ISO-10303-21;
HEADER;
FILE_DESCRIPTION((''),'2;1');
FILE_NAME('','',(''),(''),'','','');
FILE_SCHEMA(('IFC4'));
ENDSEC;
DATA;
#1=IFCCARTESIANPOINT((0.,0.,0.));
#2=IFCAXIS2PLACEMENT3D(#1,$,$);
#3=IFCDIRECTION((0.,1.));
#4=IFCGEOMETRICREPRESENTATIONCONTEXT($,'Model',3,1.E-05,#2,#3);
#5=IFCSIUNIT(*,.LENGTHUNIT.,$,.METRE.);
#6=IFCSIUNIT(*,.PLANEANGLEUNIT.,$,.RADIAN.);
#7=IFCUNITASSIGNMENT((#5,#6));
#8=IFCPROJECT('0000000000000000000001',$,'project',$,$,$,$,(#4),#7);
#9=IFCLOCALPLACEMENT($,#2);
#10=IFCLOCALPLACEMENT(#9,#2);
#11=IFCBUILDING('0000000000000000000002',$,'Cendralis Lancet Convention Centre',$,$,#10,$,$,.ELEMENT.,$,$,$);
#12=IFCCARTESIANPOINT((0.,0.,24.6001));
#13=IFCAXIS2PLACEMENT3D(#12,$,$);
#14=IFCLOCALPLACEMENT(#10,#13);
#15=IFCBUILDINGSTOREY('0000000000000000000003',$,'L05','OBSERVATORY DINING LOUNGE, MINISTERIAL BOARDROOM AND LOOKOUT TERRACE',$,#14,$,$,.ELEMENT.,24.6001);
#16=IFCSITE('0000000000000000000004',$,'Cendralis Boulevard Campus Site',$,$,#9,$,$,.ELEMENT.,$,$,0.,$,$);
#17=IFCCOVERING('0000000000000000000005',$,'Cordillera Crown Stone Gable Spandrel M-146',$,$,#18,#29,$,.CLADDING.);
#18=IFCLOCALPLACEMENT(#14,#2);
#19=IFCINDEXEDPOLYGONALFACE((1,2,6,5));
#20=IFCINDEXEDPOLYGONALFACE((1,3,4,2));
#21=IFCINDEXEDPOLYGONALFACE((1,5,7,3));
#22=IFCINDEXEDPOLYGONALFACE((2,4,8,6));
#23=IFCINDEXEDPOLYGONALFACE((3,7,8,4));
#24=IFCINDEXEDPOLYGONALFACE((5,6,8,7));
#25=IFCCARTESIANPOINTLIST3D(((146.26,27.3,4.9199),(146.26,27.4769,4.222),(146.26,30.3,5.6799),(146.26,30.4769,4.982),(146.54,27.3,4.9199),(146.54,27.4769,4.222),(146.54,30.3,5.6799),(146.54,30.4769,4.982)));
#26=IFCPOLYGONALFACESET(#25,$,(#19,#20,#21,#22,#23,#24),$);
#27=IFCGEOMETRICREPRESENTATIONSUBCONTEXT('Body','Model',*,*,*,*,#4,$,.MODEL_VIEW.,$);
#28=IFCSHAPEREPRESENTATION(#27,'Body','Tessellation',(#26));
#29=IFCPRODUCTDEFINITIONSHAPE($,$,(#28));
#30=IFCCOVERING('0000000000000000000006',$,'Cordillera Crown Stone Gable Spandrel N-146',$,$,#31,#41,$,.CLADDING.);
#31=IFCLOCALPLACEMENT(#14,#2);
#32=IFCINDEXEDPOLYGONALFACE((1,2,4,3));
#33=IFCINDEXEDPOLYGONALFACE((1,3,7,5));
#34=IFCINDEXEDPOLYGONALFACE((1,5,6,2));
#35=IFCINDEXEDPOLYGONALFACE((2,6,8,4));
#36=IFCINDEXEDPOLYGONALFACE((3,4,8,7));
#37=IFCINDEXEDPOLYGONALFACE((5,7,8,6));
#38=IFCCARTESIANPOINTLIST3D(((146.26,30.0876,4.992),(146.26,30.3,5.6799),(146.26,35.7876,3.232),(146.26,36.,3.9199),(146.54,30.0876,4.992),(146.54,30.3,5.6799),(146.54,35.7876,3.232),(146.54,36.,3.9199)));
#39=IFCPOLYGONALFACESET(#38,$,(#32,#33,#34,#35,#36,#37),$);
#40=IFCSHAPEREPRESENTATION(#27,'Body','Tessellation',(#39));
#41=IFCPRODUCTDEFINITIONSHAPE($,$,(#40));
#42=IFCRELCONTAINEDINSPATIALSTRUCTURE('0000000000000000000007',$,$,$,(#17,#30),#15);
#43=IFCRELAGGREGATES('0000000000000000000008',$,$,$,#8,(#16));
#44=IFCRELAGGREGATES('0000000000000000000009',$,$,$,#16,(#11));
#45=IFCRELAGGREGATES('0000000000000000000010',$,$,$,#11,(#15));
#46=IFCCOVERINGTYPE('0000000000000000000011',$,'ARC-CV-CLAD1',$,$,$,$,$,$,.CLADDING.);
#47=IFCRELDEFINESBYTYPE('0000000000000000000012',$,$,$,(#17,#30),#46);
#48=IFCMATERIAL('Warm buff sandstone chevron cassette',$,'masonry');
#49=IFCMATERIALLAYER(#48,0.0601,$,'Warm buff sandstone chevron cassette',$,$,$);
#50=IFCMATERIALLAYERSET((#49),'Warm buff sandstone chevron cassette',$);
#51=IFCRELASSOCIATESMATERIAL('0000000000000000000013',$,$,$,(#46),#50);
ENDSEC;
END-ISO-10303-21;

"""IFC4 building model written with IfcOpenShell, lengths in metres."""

from ifc_helpers import new_model, si_unit, direction, frame, origin, place, context, subcontext, project, spatial, polyline, outline, extrude, material, layer, layer_set, type_object, element, save


model = new_model("IFC4")

# Units and contexts
model_context = context("Model", 3, precision=1e-05, world=origin(), true_north=direction((0.0, 1.0)))
body_context = subcontext(model_context, "Body", "Model", "MODEL_VIEW")
ifc_project = project(units=[si_unit("LENGTHUNIT", "METRE"), si_unit("PLANEANGLEUNIT", "RADIAN")], contexts=[model_context])

# Site, building, storey
site_placement = place(None, origin())
site = spatial("IfcSite", under=ifc_project, at=site_placement, Name="Cendralis Boulevard Campus Site", CompositionType="ELEMENT", RefElevation=0.0)
building_placement = place(site_placement, origin())
building = spatial("IfcBuilding", under=site, at=building_placement, Name="Cendralis Lancet Convention Centre", CompositionType="ELEMENT")
storey_placement = place(building_placement, frame((0.0, 0.0, 24.6001)))
storey = spatial("IfcBuildingStorey", under=building, at=storey_placement, Name="L05", Description="OBSERVATORY DINING LOUNGE, MINISTERIAL BOARDROOM AND LOOKOUT TERRACE", CompositionType="ELEMENT", Elevation=24.6001)

# Coverings
ifc_material_1 = material(Name="Warm buff sandstone chevron cassette", Category="masonry")
ifc_layer_1 = layer(ifc_material_1, 0.0601, Name="Warm buff sandstone chevron cassette")
ifc_layer_set_1 = layer_set([ifc_layer_1], Name="Warm buff sandstone chevron cassette")
covering_type = type_object("IfcCoveringType", Name="ARC-CV-CLAD1", PredefinedType="CLADDING", material=ifc_layer_set_1)
covering_1_placement = place(storey_placement, frame((146.26, 27.3, 4.9199), z_axis=(0.0, -0.245579, 0.969377), x_axis=(1.0, 0.0, 0.0)))
element("IfcCovering", 1, at=covering_1_placement, inside=storey, type_object=covering_type, Name="Cordillera Crown Stone Gable Spandrel M-146", PredefinedType="CLADDING", context=body_context, shape_type="SweptSolid", body=[
    extrude(outline(polyline([(0.0, 0.0), (0.28, 0.0), (0.28, 3.0948), (0.0, 3.0948), (0.0, 0.0)])), origin(), (0.0, 0.0, -1.0), 0.72),
])
covering_2_placement = place(storey_placement, frame((146.26, 30.3, 5.6799), z_axis=(0.0, 0.295032, 0.955487), x_axis=(1.0, 0.0, 0.0)))
element("IfcCovering", 2, at=covering_2_placement, inside=storey, type_object=covering_type, Name="Cordillera Crown Stone Gable Spandrel N-146", PredefinedType="CLADDING", context=body_context, shape_type="SweptSolid", body=[
    extrude(outline(polyline([(0.0, 0.0), (0.28, 0.0), (0.28, 5.9655), (0.0, 5.9655), (0.0, 0.0)])), origin(), (0.0, 0.0, -1.0), 0.72),
])

save(model, "model.ifc")
